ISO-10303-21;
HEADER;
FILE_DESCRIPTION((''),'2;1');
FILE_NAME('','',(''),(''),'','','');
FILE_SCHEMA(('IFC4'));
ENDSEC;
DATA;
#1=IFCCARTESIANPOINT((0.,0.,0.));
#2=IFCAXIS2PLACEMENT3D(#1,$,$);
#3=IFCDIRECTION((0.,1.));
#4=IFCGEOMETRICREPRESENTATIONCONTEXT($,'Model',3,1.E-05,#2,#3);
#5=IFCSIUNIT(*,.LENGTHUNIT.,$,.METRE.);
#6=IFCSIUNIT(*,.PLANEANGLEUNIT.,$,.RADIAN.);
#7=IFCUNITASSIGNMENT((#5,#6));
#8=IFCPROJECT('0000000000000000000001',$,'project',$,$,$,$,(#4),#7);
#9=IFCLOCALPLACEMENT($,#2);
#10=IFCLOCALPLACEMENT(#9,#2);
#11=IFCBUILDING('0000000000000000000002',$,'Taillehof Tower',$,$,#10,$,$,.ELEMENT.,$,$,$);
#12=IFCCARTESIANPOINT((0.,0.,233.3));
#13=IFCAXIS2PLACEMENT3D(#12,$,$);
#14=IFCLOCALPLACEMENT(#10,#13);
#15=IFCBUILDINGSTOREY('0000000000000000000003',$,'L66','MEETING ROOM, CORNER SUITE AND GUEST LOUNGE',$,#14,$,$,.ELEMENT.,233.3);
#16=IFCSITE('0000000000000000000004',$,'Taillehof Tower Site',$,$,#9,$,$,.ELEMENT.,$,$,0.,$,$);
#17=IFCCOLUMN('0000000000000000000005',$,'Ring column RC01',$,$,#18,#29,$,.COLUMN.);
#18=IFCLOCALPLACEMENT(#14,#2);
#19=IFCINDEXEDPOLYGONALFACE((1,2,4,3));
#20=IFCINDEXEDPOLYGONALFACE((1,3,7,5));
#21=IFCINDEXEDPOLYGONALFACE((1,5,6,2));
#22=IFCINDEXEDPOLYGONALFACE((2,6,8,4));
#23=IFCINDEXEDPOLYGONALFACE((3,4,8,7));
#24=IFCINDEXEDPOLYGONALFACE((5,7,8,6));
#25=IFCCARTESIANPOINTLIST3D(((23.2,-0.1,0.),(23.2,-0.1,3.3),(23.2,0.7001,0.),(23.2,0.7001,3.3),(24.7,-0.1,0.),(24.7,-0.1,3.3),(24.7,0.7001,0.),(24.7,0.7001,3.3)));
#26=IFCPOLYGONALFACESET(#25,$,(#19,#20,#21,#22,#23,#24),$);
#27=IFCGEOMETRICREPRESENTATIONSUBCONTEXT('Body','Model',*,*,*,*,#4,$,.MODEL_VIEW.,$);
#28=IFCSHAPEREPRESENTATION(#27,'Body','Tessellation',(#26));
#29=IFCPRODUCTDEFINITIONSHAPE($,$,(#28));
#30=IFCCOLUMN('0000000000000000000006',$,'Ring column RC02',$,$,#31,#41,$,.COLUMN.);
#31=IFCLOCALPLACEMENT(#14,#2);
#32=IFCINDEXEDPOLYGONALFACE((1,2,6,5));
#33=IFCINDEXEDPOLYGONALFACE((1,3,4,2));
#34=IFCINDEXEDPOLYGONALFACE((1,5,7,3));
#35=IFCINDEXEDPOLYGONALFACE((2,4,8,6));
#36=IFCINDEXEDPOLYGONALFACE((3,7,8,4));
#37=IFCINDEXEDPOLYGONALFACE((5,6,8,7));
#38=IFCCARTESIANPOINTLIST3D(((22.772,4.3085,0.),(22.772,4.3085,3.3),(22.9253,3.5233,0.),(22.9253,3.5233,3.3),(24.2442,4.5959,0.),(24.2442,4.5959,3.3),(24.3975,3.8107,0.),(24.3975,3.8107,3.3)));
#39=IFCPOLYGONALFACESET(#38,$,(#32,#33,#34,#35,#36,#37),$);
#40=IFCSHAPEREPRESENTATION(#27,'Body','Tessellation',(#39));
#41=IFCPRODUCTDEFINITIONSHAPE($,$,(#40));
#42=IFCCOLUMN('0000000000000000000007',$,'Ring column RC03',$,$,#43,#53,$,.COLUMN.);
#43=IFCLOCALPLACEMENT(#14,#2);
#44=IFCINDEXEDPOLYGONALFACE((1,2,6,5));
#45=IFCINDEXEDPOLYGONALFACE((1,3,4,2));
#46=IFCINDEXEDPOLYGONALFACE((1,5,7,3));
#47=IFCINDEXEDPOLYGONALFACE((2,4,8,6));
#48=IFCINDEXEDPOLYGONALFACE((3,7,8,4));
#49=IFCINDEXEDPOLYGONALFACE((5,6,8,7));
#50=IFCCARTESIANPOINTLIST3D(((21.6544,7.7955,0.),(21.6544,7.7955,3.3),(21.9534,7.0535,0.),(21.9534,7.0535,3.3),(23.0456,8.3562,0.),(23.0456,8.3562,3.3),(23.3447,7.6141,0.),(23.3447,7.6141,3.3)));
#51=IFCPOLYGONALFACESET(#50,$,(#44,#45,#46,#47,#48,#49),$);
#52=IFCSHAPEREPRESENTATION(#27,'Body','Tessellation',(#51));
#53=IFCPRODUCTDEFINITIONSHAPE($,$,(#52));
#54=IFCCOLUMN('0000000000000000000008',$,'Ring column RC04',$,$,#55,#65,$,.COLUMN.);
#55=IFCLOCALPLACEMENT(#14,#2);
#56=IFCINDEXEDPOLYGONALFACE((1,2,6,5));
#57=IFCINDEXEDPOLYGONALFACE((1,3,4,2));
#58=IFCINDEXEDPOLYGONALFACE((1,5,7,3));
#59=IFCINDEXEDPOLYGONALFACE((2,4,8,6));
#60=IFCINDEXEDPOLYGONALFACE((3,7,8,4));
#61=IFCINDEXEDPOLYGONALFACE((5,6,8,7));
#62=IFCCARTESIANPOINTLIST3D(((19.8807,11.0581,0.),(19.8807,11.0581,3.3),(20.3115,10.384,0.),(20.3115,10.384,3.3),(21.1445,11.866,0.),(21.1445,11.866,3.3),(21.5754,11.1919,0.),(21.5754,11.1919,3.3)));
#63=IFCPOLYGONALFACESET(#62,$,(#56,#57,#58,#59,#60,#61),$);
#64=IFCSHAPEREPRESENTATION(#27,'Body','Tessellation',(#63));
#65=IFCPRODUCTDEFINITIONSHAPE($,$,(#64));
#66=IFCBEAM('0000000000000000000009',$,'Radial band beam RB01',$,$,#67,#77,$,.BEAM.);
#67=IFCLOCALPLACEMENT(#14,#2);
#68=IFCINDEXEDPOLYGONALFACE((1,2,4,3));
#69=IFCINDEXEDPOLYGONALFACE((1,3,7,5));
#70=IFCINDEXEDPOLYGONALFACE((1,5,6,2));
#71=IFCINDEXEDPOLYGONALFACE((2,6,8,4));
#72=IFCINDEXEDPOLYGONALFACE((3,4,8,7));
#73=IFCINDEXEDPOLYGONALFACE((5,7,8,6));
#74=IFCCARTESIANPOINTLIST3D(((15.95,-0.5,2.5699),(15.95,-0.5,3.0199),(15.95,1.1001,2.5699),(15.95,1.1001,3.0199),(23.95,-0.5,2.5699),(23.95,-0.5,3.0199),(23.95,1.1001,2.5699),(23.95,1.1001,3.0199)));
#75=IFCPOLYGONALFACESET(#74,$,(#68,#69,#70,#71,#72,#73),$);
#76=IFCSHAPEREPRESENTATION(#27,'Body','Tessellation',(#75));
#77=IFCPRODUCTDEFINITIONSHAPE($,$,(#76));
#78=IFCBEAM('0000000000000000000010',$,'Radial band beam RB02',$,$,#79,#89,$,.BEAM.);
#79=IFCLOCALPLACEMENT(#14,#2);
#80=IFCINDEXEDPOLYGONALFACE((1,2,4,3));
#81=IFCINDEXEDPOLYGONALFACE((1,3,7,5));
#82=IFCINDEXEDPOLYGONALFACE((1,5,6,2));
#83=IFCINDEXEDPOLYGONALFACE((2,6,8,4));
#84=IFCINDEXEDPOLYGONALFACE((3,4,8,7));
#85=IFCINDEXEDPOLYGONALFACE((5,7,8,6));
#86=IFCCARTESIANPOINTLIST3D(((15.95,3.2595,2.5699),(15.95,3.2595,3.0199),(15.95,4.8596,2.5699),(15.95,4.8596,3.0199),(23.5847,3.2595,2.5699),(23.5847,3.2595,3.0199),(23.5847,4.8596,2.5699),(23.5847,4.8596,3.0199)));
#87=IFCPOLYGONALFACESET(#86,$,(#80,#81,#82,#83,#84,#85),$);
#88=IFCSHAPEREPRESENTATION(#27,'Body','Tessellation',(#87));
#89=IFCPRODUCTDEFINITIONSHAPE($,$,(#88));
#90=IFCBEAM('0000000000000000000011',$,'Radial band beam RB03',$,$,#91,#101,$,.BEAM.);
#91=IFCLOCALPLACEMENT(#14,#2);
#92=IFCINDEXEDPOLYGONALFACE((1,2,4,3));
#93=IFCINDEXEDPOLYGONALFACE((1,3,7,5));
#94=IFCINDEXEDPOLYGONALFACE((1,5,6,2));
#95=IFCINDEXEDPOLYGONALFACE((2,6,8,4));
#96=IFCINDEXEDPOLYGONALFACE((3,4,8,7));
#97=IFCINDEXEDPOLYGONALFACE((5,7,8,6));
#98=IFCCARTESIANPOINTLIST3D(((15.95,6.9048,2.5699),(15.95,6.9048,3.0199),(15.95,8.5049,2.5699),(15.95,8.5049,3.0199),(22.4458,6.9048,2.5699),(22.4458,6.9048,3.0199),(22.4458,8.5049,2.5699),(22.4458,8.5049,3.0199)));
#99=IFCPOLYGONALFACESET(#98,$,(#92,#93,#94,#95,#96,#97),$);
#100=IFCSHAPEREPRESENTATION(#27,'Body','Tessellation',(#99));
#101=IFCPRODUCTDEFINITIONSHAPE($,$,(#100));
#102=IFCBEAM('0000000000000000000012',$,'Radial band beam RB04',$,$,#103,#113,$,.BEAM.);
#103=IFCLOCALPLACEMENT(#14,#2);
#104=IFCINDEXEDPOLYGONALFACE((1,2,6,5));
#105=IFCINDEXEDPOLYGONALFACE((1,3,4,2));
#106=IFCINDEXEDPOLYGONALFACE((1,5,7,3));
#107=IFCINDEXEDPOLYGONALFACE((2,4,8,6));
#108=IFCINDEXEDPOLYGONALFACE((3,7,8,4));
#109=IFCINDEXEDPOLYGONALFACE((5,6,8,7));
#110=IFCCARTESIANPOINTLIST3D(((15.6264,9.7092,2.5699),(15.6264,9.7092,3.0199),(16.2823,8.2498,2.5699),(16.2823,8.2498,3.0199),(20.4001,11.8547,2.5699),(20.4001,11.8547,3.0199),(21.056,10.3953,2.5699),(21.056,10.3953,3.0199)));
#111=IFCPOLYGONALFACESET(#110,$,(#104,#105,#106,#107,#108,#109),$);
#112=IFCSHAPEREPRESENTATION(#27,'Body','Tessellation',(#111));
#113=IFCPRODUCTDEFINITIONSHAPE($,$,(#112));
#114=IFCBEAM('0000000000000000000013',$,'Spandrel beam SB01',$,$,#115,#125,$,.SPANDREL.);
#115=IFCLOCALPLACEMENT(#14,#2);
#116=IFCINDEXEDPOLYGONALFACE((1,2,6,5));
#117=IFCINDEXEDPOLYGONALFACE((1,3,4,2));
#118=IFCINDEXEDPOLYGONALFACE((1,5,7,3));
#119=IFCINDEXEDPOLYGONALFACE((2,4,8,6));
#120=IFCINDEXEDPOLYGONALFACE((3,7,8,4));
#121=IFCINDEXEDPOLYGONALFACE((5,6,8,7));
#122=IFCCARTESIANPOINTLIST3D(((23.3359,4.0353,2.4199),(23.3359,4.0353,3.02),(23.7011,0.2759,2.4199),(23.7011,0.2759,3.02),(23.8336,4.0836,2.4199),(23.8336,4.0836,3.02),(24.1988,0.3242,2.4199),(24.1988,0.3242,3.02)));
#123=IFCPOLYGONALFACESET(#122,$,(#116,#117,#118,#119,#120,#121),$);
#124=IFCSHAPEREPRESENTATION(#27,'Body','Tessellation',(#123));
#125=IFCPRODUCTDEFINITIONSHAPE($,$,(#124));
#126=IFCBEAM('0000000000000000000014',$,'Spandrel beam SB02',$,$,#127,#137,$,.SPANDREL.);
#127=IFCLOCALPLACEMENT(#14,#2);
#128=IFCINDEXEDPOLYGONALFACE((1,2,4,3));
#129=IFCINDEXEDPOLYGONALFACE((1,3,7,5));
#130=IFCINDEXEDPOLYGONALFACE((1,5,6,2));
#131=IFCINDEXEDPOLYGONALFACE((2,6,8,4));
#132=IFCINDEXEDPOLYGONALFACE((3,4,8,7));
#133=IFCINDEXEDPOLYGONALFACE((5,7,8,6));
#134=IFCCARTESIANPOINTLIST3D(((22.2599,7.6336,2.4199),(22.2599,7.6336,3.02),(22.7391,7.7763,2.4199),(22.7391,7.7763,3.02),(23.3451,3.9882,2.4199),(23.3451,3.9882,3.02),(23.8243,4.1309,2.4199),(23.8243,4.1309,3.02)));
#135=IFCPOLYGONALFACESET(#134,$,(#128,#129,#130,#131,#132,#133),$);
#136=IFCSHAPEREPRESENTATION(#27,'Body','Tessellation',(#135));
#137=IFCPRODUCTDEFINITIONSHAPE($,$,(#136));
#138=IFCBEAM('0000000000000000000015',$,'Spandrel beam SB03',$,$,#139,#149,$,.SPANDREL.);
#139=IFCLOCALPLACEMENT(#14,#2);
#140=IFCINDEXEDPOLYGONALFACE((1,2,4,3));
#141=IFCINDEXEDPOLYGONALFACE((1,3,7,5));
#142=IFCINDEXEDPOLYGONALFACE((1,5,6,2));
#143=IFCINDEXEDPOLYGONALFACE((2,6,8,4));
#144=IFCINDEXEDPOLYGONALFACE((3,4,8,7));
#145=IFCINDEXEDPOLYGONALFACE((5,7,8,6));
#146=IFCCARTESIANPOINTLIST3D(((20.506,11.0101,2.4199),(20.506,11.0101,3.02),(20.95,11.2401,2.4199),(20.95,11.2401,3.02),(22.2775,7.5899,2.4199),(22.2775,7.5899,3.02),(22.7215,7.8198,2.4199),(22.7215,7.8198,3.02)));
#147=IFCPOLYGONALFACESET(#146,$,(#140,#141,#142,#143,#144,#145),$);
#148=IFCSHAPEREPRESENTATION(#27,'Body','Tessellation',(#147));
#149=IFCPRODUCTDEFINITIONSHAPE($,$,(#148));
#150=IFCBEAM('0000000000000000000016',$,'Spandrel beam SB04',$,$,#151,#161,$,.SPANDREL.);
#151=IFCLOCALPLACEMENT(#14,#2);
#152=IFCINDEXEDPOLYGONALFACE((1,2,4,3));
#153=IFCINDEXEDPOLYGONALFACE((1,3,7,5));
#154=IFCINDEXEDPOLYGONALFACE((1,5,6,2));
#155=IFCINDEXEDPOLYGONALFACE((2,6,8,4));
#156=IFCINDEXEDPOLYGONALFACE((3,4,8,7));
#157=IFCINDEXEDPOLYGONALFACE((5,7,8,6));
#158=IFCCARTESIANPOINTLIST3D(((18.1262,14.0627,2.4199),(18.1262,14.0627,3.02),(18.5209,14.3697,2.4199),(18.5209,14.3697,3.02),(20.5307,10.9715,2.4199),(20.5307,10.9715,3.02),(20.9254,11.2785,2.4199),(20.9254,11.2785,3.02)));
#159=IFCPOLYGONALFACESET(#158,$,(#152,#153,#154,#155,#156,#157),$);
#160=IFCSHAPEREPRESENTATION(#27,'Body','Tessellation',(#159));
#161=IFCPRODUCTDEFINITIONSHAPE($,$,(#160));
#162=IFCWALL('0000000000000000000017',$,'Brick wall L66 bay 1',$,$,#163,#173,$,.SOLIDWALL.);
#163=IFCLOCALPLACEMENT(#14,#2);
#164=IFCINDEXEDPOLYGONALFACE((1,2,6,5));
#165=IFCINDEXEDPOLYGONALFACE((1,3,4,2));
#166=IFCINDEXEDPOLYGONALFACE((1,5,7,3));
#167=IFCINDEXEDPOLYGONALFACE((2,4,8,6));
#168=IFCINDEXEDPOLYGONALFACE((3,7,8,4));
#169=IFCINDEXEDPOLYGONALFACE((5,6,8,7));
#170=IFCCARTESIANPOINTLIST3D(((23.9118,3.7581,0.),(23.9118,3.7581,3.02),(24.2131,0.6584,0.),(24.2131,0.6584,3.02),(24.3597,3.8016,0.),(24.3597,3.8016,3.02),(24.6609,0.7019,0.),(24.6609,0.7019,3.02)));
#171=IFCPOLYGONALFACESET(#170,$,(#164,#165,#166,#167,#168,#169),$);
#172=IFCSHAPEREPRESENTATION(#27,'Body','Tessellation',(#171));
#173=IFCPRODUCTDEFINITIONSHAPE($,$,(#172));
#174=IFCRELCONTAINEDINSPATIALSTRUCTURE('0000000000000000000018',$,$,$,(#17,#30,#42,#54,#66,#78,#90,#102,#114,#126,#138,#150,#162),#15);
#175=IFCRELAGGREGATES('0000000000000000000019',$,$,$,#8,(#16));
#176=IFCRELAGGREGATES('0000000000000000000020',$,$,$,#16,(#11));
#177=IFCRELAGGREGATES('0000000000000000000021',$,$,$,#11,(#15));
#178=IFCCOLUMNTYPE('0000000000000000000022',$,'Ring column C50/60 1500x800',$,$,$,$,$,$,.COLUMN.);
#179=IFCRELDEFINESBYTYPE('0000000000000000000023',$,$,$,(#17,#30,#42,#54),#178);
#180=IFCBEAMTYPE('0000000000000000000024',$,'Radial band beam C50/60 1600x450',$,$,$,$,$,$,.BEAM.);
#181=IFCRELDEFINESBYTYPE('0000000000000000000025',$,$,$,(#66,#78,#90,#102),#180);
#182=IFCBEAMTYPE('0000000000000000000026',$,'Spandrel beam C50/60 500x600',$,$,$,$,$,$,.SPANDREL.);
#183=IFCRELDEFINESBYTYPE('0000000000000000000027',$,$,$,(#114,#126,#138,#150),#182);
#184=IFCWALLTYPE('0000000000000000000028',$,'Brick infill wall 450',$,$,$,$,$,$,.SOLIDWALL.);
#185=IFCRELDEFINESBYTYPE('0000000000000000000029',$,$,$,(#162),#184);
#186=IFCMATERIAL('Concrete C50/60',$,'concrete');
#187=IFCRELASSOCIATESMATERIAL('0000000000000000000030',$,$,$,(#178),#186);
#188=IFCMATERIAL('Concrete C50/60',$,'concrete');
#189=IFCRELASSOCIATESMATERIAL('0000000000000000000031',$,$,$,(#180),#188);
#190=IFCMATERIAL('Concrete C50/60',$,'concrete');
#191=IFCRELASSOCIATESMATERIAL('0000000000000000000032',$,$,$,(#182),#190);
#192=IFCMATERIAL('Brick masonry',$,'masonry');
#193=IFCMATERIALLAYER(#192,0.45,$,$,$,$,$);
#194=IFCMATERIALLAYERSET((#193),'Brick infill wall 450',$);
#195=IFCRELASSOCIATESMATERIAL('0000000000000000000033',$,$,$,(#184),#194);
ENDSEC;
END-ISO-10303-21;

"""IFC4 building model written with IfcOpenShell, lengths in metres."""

from ifc_helpers import new_model, si_unit, direction, frame, frame_2d, origin, origin_2d, place, context, subcontext, project, spatial, rectangle, extrude, material, layer, layer_set, material_profile, profile_set, type_object, element, save


model = new_model("IFC4")

# Units and contexts
model_context = context("Model", 3, precision=1e-05, world=origin(), true_north=direction((0.0, 1.0)))
body_context = subcontext(model_context, "Body", "Model", "MODEL_VIEW")
ifc_project = project(units=[si_unit("LENGTHUNIT", "METRE"), si_unit("PLANEANGLEUNIT", "RADIAN")], contexts=[model_context])

# Site, building, storey
site_placement = place(None, origin())
site = spatial("IfcSite", under=ifc_project, at=site_placement, Name="Taillehof Tower Site", CompositionType="ELEMENT", RefElevation=0.0)
building_placement = place(site_placement, origin())
building = spatial("IfcBuilding", under=site, at=building_placement, Name="Taillehof Tower", CompositionType="ELEMENT")
storey_placement = place(building_placement, frame((0.0, 0.0, 233.3)))
storey = spatial("IfcBuildingStorey", under=building, at=storey_placement, Name="L66", Description="MEETING ROOM, CORNER SUITE AND GUEST LOUNGE", CompositionType="ELEMENT", Elevation=233.3)

# Columns
ifc_material_1 = material(Name="Concrete C50/60", Category="concrete")
ifc_material_profile_1 = material_profile(ifc_material_1, rectangle(XDim=1.5, YDim=0.8, at=origin_2d()), Name="RC 1500x800")
ifc_profile_set_1 = profile_set([ifc_material_profile_1], Name="Concrete C50/60")
column_type = type_object("IfcColumnType", Name="Ring column C50/60 1500x800", PredefinedType="COLUMN", material=ifc_profile_set_1)
for number, where, z_axis, x_axis, name in (
    (1, (23.95, 0.3, 0.0), (0.0, 0.0, 1.0), (1.0, 0.0, 0.0), "Ring column RC01"),
    (2, (23.5847, 4.0596, 0.0), (0.0, 0.0, 1.0), (0.981473, 0.191602, 0.0), "Ring column RC02"),
    (3, (22.4995, 7.7048, 0.0), (0.0, 0.0, 1.0), (0.927525, 0.373762, 0.0), "Ring column RC03"),
    (4, (20.728, 11.125, 0.0), (0.0, 0.0, 1.0), (0.842574, 0.538581, 0.0), "Ring column RC04"),
):
    element("IfcColumn", number, at=place(storey_placement, frame(where, z_axis=z_axis, x_axis=x_axis)), inside=storey, type_object=column_type, Name=name, PredefinedType="COLUMN", context=body_context, shape_type="SweptSolid", body=[
        extrude(rectangle(XDim=1.5, YDim=0.8, at=origin_2d()), origin(), (0.0, 0.0, 1.0), 3.3),
    ])

# Beams
ifc_material_2 = material(Name="Concrete C50/60", Category="concrete")
ifc_material_profile_2 = material_profile(ifc_material_2, rectangle(XDim=1.6001, YDim=0.45, at=origin_2d()), Name="RC 1600x450")
ifc_profile_set_2 = profile_set([ifc_material_profile_2], Name="Concrete C50/60")
beam_type_1 = type_object("IfcBeamType", Name="Radial band beam C50/60 1600x450", PredefinedType="BEAM", material=ifc_profile_set_2)
beam_1_placement = place(storey_placement, frame((23.95, 0.3, 2.7949), z_axis=(-1.0, 0.0, 0.0), x_axis=(0.0, -1.0, 0.0)))
element("IfcBeam", 5, at=beam_1_placement, inside=storey, type_object=beam_type_1, Name="Radial band beam RB01", PredefinedType="BEAM", context=body_context, shape_type="SweptSolid", body=[
    extrude(rectangle(XDim=1.6001, YDim=0.45, at=origin_2d()), origin(), (0.0, 0.0, 1.0), 8.0),
])
beam_2_placement = place(storey_placement, frame((23.5847, 4.0596, 2.7949), z_axis=(-1.0, 0.0, 0.0), x_axis=(0.0, -1.0, 0.0)))
element("IfcBeam", 6, at=beam_2_placement, inside=storey, type_object=beam_type_1, Name="Radial band beam RB02", PredefinedType="BEAM", context=body_context, shape_type="SweptSolid", body=[
    extrude(rectangle(XDim=1.6001, YDim=0.45, at=origin_2d()), origin(), (0.0, 0.0, 1.0), 7.6348),
])
beam_3_placement = place(storey_placement, frame((22.4458, 7.7048, 2.7949), z_axis=(-1.0, 0.0, 0.0), x_axis=(0.0, -1.0, 0.0)))
element("IfcBeam", 7, at=beam_3_placement, inside=storey, type_object=beam_type_1, Name="Radial band beam RB03", PredefinedType="BEAM", context=body_context, shape_type="SweptSolid", body=[
    extrude(rectangle(XDim=1.6001, YDim=0.45, at=origin_2d()), origin(), (0.0, 0.0, 1.0), 6.4958),
])
beam_4_placement = place(storey_placement, frame((20.728, 11.125, 2.7949), z_axis=(-0.912111, -0.409944, 0.0), x_axis=(0.409944, -0.912111, 0.0)))
element("IfcBeam", 8, at=beam_4_placement, inside=storey, type_object=beam_type_1, Name="Radial band beam RB04", PredefinedType="BEAM", context=body_context, shape_type="SweptSolid", body=[
    extrude(rectangle(XDim=1.6001, YDim=0.45, at=origin_2d()), origin(), (0.0, 0.0, 1.0), 5.2336),
])
ifc_material_3 = material(Name="Concrete C50/60", Category="concrete")
ifc_material_profile_3 = material_profile(ifc_material_3, rectangle(XDim=0.5, YDim=0.6001, at=origin_2d()), Name="RC 500x600")
ifc_profile_set_3 = profile_set([ifc_material_profile_3], Name="Concrete C50/60")
beam_type_2 = type_object("IfcBeamType", Name="Spandrel beam C50/60 500x600", PredefinedType="SPANDREL", material=ifc_profile_set_3)
beam_5_placement = place(storey_placement, frame((23.95, 0.3, 2.72), z_axis=(-0.096694, 0.995314, 0.0), x_axis=(-0.995314, -0.096694, 0.0)))
element("IfcBeam", 9, at=beam_5_placement, inside=storey, type_object=beam_type_2, Name="Spandrel beam SB01", PredefinedType="SPANDREL", context=body_context, shape_type="SweptSolid", body=[
    extrude(rectangle(XDim=0.5, YDim=0.6001, at=origin_2d()), origin(), (0.0, 0.0, 1.0), 3.7771),
])
beam_6_placement = place(storey_placement, frame((23.5847, 4.0596, 2.72), z_axis=(-0.285327, 0.95843, 0.0), x_axis=(-0.95843, -0.285327, 0.0)))
element("IfcBeam", 10, at=beam_6_placement, inside=storey, type_object=beam_type_2, Name="Spandrel beam SB02", PredefinedType="SPANDREL", context=body_context, shape_type="SweptSolid", body=[
    extrude(rectangle(XDim=0.5, YDim=0.6001, at=origin_2d()), origin(), (0.0, 0.0, 1.0), 3.8035),
])
beam_7_placement = place(storey_placement, frame((22.4995, 7.7048, 2.72), z_axis=(-0.459921, 0.88796, 0.0), x_axis=(-0.88796, -0.459921, 0.0)))
element("IfcBeam", 11, at=beam_7_placement, inside=storey, type_object=beam_type_2, Name="Spandrel beam SB03", PredefinedType="SPANDREL", context=body_context, shape_type="SweptSolid", body=[
    extrude(rectangle(XDim=0.5, YDim=0.6001, at=origin_2d()), origin(), (0.0, 0.0, 1.0), 3.8518),
])
beam_8_placement = place(storey_placement, frame((20.728, 11.125, 2.72), z_axis=(-0.613971, 0.789329, 0.0), x_axis=(-0.789329, -0.613971, 0.0)))
element("IfcBeam", 12, at=beam_8_placement, inside=storey, type_object=beam_type_2, Name="Spandrel beam SB04", PredefinedType="SPANDREL", context=body_context, shape_type="SweptSolid", body=[
    extrude(rectangle(XDim=0.5, YDim=0.6001, at=origin_2d()), origin(), (0.0, 0.0, 1.0), 3.9163),
])

# Wall
ifc_material_4 = material(Name="Brick masonry", Category="masonry")
ifc_layer_1 = layer(ifc_material_4, 0.45)
ifc_layer_set_1 = layer_set([ifc_layer_1], Name="Brick infill wall 450")
wall_type_1 = type_object("IfcWallType", Name="Brick infill wall 450", PredefinedType="SOLIDWALL", material=ifc_layer_set_1)
wall_1_placement = place(storey_placement, frame((24.437, 0.6802, 0.0), z_axis=(0.0, 0.0, 1.0), x_axis=(-0.09674, 0.99531, 0.0)))
element("IfcWall", 13, at=wall_1_placement, inside=storey, type_object=wall_type_1, Name="Brick wall L66 bay 1", PredefinedType="SOLIDWALL", context=body_context, shape_type="SweptSolid", body=[
    extrude(rectangle(XDim=3.1143, YDim=0.45, at=frame_2d((1.5571, 0.0))), origin(), (0.0, 0.0, 1.0), 3.02),
])

save(model, "model.ifc")
